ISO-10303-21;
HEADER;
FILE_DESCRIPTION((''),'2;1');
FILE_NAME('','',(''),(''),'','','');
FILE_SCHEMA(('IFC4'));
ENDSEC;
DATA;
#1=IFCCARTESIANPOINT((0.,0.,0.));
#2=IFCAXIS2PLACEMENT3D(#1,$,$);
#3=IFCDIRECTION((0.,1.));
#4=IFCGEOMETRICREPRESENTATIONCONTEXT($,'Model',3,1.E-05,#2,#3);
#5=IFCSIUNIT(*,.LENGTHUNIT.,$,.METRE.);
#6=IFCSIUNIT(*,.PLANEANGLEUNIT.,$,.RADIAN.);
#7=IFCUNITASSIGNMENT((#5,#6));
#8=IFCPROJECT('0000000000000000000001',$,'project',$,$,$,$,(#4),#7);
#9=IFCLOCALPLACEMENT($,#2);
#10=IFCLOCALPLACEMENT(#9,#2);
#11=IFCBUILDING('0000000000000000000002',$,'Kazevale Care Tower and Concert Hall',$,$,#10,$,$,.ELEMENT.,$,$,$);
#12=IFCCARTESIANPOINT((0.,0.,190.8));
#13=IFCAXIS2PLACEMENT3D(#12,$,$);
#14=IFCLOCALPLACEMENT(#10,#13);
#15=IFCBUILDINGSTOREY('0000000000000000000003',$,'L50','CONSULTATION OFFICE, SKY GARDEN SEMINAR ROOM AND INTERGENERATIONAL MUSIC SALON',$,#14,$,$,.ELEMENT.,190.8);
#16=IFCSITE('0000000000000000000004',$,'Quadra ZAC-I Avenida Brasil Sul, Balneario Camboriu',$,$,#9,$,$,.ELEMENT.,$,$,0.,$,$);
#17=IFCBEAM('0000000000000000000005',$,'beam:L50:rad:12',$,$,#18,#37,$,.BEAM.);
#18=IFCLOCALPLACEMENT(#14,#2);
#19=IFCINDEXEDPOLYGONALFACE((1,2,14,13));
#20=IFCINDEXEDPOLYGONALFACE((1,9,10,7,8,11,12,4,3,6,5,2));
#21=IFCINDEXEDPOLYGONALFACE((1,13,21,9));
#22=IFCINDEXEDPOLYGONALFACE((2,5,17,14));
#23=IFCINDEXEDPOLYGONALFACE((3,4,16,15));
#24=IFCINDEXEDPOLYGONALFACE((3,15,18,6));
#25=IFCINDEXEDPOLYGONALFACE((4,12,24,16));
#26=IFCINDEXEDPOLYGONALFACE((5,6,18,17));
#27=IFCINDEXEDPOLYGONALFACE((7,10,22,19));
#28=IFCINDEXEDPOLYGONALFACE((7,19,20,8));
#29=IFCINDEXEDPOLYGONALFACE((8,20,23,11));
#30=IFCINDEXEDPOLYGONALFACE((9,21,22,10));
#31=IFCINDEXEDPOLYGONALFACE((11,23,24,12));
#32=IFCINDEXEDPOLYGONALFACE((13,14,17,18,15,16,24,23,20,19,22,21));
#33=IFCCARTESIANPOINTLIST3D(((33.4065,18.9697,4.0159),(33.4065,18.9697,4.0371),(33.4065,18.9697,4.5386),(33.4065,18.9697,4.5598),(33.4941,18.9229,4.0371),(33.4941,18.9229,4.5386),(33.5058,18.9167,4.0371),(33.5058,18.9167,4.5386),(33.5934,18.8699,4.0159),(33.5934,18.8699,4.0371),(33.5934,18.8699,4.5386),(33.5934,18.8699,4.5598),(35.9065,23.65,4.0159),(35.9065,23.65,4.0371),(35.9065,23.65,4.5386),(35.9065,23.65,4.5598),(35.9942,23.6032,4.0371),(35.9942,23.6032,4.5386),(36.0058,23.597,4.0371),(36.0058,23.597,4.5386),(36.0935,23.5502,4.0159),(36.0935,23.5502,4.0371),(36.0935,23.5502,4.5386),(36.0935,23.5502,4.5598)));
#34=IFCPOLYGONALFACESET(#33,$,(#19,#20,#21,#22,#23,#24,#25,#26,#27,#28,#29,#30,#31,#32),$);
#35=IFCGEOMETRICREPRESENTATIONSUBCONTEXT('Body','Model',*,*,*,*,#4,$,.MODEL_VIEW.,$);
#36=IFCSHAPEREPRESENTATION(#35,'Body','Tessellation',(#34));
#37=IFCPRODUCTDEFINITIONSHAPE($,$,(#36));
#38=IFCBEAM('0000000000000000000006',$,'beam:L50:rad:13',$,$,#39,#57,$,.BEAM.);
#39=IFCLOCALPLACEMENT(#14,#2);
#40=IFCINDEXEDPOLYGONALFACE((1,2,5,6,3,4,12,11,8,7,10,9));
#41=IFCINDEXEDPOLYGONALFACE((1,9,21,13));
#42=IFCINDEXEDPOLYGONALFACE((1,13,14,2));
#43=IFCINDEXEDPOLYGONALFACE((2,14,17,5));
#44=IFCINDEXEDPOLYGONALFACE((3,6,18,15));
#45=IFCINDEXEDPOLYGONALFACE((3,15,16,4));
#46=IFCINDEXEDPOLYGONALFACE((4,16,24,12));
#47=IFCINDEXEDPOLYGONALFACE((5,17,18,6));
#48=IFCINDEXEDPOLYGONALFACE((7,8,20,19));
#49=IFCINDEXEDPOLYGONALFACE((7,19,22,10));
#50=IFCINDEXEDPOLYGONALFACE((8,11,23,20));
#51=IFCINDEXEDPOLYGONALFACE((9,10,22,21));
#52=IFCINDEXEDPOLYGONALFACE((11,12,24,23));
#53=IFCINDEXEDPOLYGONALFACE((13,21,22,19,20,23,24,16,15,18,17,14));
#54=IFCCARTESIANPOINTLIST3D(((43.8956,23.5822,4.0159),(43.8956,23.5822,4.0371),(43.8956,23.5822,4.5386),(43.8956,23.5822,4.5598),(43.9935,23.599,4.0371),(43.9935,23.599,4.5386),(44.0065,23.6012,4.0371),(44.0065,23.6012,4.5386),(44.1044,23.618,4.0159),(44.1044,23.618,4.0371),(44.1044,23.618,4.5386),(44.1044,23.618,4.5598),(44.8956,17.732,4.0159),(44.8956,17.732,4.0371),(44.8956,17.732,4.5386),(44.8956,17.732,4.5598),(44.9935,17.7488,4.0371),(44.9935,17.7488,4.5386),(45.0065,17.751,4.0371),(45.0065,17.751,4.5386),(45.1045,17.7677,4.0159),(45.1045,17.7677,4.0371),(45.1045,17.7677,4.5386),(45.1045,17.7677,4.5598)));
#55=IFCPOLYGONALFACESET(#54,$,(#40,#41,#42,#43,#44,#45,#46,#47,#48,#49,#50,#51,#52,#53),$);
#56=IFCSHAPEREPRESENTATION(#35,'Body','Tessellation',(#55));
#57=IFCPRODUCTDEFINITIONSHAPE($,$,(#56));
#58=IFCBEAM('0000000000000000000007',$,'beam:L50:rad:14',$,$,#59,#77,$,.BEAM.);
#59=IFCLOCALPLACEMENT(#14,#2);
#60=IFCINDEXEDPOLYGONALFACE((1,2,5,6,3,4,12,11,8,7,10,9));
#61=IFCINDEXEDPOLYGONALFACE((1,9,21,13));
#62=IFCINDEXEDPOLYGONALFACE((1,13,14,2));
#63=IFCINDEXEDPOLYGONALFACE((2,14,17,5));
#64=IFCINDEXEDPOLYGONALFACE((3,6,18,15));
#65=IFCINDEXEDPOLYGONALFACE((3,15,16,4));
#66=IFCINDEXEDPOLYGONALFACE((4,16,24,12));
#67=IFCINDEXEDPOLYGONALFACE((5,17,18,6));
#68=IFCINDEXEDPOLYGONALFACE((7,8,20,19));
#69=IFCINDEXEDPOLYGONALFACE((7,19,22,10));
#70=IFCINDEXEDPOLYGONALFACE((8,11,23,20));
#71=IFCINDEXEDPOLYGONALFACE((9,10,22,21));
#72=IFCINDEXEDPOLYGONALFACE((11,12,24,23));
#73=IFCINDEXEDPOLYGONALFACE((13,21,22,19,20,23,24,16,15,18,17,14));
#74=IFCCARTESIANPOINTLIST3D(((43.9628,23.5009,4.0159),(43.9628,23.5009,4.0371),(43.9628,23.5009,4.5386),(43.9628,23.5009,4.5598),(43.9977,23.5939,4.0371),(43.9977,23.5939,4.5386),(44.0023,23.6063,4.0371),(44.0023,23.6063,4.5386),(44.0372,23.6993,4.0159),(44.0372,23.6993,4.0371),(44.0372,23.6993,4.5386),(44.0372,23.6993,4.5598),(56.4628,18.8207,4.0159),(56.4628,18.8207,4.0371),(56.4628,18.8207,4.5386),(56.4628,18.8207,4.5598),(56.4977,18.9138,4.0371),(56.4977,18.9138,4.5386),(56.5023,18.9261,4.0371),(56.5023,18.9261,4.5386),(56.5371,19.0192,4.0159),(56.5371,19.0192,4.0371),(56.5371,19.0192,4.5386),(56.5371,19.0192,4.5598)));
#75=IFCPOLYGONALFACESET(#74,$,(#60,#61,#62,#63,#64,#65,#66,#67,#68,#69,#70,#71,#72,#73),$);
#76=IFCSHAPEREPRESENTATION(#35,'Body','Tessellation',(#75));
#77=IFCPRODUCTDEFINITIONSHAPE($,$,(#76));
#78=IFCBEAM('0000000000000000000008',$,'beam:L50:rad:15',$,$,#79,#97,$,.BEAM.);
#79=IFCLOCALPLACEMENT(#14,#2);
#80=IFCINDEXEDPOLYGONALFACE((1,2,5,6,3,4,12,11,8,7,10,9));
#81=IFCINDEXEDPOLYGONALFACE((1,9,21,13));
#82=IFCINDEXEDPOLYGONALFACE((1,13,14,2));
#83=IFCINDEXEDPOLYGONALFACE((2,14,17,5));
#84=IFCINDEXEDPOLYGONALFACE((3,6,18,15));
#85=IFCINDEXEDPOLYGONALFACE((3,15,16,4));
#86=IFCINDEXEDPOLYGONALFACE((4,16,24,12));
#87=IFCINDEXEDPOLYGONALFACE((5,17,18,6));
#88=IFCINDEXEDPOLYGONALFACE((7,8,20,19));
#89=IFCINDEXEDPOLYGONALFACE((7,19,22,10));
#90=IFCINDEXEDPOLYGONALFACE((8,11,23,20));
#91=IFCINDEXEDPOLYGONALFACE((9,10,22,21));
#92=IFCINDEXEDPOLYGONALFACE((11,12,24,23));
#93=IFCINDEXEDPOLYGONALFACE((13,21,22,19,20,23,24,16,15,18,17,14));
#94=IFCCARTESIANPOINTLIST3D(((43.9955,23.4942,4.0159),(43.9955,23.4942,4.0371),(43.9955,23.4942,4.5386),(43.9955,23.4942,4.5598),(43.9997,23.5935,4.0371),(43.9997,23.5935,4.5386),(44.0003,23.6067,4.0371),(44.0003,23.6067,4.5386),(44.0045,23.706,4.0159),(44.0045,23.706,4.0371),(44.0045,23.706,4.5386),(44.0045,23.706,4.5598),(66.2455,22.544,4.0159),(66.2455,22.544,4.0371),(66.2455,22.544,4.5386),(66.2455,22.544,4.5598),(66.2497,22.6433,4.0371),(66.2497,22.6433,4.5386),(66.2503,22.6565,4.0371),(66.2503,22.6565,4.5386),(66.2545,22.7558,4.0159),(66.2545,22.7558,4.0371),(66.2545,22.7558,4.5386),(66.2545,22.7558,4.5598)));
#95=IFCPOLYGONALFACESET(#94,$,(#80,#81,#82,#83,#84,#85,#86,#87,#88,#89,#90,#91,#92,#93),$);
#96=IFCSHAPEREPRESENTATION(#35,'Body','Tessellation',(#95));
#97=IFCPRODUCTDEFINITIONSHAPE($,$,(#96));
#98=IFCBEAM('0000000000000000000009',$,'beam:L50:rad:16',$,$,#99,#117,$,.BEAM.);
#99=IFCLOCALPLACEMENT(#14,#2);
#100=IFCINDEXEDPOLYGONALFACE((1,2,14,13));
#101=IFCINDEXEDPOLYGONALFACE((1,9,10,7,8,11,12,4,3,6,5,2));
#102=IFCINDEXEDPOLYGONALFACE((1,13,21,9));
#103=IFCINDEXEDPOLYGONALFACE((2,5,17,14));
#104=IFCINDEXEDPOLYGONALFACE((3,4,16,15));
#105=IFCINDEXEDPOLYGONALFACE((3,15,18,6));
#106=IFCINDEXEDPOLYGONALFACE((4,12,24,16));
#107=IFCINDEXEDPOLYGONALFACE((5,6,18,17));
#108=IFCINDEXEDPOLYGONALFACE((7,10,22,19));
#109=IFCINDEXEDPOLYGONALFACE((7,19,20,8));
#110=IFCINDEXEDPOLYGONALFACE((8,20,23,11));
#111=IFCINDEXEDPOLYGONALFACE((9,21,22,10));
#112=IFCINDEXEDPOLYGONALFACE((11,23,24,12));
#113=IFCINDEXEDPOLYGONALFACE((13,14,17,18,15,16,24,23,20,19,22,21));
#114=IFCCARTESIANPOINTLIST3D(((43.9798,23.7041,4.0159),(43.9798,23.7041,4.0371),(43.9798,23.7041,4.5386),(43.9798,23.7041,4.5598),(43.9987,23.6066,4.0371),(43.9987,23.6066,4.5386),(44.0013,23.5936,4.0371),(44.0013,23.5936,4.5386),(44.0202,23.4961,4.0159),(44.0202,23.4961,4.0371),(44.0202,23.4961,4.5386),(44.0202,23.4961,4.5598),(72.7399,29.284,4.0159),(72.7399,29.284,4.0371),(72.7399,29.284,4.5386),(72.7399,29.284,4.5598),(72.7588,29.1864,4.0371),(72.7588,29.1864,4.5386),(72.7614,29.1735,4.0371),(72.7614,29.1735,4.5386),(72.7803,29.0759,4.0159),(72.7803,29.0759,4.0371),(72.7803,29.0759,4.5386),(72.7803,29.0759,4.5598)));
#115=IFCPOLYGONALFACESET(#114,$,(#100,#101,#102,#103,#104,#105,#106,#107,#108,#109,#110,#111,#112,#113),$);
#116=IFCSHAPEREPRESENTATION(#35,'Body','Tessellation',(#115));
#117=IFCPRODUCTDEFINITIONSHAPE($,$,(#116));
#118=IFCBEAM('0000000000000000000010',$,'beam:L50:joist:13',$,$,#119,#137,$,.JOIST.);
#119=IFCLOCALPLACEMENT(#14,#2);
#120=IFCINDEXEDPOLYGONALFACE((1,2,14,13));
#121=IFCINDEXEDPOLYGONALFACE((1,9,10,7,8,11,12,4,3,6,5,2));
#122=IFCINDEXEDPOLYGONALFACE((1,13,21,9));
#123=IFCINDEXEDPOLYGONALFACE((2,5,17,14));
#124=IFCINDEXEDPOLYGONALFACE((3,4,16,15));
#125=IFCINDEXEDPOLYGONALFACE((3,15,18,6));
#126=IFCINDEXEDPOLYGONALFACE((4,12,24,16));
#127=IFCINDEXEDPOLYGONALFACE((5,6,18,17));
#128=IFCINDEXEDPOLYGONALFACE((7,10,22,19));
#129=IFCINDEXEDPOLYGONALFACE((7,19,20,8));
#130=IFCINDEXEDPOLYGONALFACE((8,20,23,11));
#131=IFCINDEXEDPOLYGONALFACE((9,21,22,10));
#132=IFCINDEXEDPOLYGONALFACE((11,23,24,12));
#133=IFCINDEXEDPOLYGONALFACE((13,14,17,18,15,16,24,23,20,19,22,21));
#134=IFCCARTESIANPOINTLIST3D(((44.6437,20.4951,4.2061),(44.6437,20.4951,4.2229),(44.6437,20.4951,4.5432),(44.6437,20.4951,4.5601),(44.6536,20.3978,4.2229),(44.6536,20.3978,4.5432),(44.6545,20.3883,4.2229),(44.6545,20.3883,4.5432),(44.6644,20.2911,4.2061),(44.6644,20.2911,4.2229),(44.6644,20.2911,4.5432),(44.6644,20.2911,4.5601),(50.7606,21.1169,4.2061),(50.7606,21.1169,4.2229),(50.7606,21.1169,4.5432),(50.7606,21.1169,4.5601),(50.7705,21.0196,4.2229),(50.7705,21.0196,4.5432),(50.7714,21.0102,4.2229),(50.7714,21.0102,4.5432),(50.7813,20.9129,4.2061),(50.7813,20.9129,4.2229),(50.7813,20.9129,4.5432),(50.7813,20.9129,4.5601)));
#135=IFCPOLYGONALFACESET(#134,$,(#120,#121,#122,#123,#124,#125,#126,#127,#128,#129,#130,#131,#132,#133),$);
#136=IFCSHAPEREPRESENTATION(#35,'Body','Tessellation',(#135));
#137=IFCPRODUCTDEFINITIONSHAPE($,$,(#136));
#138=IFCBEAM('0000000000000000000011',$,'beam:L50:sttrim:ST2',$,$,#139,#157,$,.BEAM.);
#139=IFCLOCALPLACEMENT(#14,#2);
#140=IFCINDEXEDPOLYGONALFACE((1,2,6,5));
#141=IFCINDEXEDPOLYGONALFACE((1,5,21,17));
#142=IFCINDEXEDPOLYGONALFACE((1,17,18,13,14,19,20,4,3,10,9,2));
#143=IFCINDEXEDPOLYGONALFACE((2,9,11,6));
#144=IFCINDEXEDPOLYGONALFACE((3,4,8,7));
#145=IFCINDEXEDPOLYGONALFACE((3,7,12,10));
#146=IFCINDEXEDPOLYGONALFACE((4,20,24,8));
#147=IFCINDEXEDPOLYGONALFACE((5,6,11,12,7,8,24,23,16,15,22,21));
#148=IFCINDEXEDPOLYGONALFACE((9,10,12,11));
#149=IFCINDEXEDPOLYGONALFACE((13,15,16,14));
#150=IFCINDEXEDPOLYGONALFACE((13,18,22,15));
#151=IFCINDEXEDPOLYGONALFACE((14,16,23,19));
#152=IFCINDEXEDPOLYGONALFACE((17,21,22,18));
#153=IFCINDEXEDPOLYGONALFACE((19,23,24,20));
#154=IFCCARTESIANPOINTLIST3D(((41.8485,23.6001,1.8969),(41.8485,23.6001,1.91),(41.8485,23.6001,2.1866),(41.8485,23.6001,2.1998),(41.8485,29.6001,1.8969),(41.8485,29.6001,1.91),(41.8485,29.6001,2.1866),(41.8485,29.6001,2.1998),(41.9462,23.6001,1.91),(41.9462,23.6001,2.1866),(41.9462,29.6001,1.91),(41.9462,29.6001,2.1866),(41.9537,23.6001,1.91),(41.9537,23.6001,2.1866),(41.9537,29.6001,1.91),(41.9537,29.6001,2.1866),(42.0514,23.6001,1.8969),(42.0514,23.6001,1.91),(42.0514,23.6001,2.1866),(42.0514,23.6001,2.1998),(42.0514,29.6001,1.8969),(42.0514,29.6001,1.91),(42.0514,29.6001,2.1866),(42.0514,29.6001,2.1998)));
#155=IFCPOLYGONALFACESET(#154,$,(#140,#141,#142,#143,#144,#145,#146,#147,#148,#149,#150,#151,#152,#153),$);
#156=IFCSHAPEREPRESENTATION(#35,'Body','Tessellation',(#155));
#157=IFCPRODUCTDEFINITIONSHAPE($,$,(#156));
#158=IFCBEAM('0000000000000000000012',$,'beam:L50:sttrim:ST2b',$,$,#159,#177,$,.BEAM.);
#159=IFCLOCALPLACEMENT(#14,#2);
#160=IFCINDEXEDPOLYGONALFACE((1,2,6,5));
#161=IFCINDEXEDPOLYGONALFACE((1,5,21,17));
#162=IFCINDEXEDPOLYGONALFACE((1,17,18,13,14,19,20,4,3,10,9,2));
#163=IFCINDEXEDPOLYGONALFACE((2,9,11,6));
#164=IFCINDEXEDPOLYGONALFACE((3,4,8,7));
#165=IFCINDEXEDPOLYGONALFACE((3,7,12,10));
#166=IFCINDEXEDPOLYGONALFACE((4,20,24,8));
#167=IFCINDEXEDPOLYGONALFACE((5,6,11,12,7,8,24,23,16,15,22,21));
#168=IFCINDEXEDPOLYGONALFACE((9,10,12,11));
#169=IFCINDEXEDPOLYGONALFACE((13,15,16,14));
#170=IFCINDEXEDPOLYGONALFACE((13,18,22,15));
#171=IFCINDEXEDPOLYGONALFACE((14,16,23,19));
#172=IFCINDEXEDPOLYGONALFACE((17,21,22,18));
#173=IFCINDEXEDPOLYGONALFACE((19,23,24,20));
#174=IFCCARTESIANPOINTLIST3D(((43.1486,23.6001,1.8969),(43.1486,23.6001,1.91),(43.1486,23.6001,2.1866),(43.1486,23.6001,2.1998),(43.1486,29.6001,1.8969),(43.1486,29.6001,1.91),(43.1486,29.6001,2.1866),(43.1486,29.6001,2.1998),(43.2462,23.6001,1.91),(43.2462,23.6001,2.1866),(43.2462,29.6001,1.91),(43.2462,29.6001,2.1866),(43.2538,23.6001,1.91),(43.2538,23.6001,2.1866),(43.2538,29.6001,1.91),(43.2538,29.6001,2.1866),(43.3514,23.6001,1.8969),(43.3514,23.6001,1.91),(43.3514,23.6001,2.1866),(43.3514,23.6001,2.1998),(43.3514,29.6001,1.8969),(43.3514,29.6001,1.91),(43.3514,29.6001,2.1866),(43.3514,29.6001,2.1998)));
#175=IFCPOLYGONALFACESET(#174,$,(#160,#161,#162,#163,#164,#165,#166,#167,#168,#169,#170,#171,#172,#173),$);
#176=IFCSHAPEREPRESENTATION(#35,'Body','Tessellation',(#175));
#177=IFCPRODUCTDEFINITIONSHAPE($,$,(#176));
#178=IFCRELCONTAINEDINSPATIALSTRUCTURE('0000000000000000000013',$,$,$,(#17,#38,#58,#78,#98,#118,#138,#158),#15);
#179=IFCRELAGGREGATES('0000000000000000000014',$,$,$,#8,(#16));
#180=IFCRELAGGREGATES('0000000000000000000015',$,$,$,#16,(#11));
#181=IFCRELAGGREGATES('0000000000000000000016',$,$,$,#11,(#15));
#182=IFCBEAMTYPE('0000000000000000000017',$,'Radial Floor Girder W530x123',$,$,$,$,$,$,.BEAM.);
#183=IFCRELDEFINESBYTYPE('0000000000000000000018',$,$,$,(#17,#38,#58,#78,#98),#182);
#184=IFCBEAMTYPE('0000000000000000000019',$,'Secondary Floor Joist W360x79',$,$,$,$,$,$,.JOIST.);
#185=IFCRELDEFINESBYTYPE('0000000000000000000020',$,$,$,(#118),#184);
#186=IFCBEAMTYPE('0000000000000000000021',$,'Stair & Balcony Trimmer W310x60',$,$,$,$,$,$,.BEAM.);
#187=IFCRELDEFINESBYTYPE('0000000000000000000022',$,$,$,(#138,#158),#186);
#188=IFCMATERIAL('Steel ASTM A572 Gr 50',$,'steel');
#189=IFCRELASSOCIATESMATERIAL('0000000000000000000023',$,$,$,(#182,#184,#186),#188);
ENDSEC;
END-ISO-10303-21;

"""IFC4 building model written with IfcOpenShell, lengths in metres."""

from ifc_helpers import new_model, si_unit, direction, frame, origin, origin_2d, place, context, subcontext, project, spatial, i_section, extrude, material, material_profile, profile_set, type_object, element, save


model = new_model("IFC4")

# Units and contexts
model_context = context("Model", 3, precision=1e-05, world=origin(), true_north=direction((0.0, 1.0)))
body_context = subcontext(model_context, "Body", "Model", "MODEL_VIEW")
ifc_project = project(units=[si_unit("LENGTHUNIT", "METRE"), si_unit("PLANEANGLEUNIT", "RADIAN")], contexts=[model_context])

# Site, building, storey
site_placement = place(None, origin())
site = spatial("IfcSite", under=ifc_project, at=site_placement, Name="Quadra ZAC-I Avenida Brasil Sul, Balneario Camboriu", CompositionType="ELEMENT", RefElevation=0.0)
building_placement = place(site_placement, origin())
building = spatial("IfcBuilding", under=site, at=building_placement, Name="Kazevale Care Tower and Concert Hall", CompositionType="ELEMENT")
storey_placement = place(building_placement, frame((0.0, 0.0, 190.8)))
storey = spatial("IfcBuildingStorey", under=building, at=storey_placement, Name="L50", Description="CONSULTATION OFFICE, SKY GARDEN SEMINAR ROOM AND INTERGENERATIONAL MUSIC SALON", CompositionType="ELEMENT", Elevation=190.8)

# Beams
ifc_material_1 = material(Name="Steel ASTM A572 Gr 50", Category="steel")
ifc_material_profile_1 = material_profile(ifc_material_1, i_section(OverallWidth=0.2119, OverallDepth=0.5439, WebThickness=0.0132, FlangeThickness=0.0212, at=origin_2d()), Name="W530x123")
ifc_profile_set_1 = profile_set([ifc_material_profile_1], Name="Steel ASTM A572 Gr 50")
beam_type_1 = type_object("IfcBeamType", Name="Radial Floor Girder W530x123", PredefinedType="BEAM", material=ifc_profile_set_1)
beam_1_placement = place(storey_placement, frame((36.0, 23.6001, 4.2878), z_axis=(-0.471161, -0.882047, 0.0), x_axis=(0.882047, -0.471161, 0.0)))
element("IfcBeam", 1, at=beam_1_placement, inside=storey, type_object=beam_type_1, Name="beam:L50:rad:12", PredefinedType="BEAM", context=body_context, shape_type="SweptSolid", body=[
    extrude(i_section(OverallWidth=0.2119, OverallDepth=0.5439, WebThickness=0.0132, FlangeThickness=0.0212, at=origin_2d()), origin(), (0.0, 0.0, 1.0), 5.3062),
])
beam_2_placement = place(storey_placement, frame((44.0, 23.6001, 4.2878), z_axis=(0.168493, -0.985703, 0.0), x_axis=(0.985703, 0.168493, 0.0)))
element("IfcBeam", 2, at=beam_2_placement, inside=storey, type_object=beam_type_1, Name="beam:L50:rad:13", PredefinedType="BEAM", context=body_context, shape_type="SweptSolid", body=[
    extrude(i_section(OverallWidth=0.2119, OverallDepth=0.5439, WebThickness=0.0132, FlangeThickness=0.0212, at=origin_2d()), origin(), (0.0, 0.0, 1.0), 5.9351),
])
beam_3_placement = place(storey_placement, frame((44.0, 23.6001, 4.2878), z_axis=(0.936509, -0.350642, 0.0), x_axis=(0.350642, 0.936509, 0.0)))
element("IfcBeam", 3, at=beam_3_placement, inside=storey, type_object=beam_type_1, Name="beam:L50:rad:14", PredefinedType="BEAM", context=body_context, shape_type="SweptSolid", body=[
    extrude(i_section(OverallWidth=0.2119, OverallDepth=0.5439, WebThickness=0.0132, FlangeThickness=0.0212, at=origin_2d()), origin(), (0.0, 0.0, 1.0), 13.3474),
])
beam_4_placement = place(storey_placement, frame((44.0, 23.6001, 4.2878), z_axis=(0.999089, -0.042667, 0.0), x_axis=(0.042667, 0.999089, 0.0)))
element("IfcBeam", 4, at=beam_4_placement, inside=storey, type_object=beam_type_1, Name="beam:L50:rad:15", PredefinedType="BEAM", context=body_context, shape_type="SweptSolid", body=[
    extrude(i_section(OverallWidth=0.2119, OverallDepth=0.5439, WebThickness=0.0132, FlangeThickness=0.0212, at=origin_2d()), origin(), (0.0, 0.0, 1.0), 22.2703),
])
beam_5_placement = place(storey_placement, frame((44.0, 23.6001, 4.2878), z_axis=(0.981695, 0.190462, 0.0), x_axis=(-0.190462, 0.981695, 0.0)))
element("IfcBeam", 5, at=beam_5_placement, inside=storey, type_object=beam_type_1, Name="beam:L50:rad:16", PredefinedType="BEAM", context=body_context, shape_type="SweptSolid", body=[
    extrude(i_section(OverallWidth=0.2119, OverallDepth=0.5439, WebThickness=0.0132, FlangeThickness=0.0212, at=origin_2d()), origin(), (0.0, 0.0, 1.0), 29.2964),
])
ifc_material_profile_2 = material_profile(ifc_material_1, i_section(OverallWidth=0.2051, OverallDepth=0.354, WebThickness=0.0095, FlangeThickness=0.0168, at=origin_2d()), Name="W360x79")
ifc_profile_set_2 = profile_set([ifc_material_profile_2], Name="Steel ASTM A572 Gr 50")
beam_type_2 = type_object("IfcBeamType", Name="Secondary Floor Joist W360x79", PredefinedType="JOIST", material=ifc_profile_set_2)
beam_6_placement = place(storey_placement, frame((44.6541, 20.3931, 4.3831), z_axis=(0.994873, 0.101135, 0.0), x_axis=(-0.101135, 0.994873, 0.0)))
element("IfcBeam", 6, at=beam_6_placement, inside=storey, type_object=beam_type_2, Name="beam:L50:joist:13", PredefinedType="JOIST", context=body_context, shape_type="SweptSolid", body=[
    extrude(i_section(OverallWidth=0.2051, OverallDepth=0.354, WebThickness=0.0095, FlangeThickness=0.0168, at=origin_2d()), origin(), (0.0, 0.0, 1.0), 6.1484),
])
ifc_material_profile_3 = material_profile(ifc_material_1, i_section(OverallWidth=0.2029, OverallDepth=0.303, WebThickness=0.0076, FlangeThickness=0.0132, at=origin_2d()), Name="W310x60")
ifc_profile_set_3 = profile_set([ifc_material_profile_3], Name="Steel ASTM A572 Gr 50")
beam_type_3 = type_object("IfcBeamType", Name="Stair & Balcony Trimmer W310x60", PredefinedType="BEAM", material=ifc_profile_set_3)
for number, where, z_axis, x_axis, name in (
    (7, (41.95, 23.6001, 2.0483), (0.0, 1.0, 0.0), (-1.0, 0.0, 0.0), "beam:L50:sttrim:ST2"),
    (8, (43.25, 23.6001, 2.0483), (0.0, 1.0, 0.0), (-1.0, 0.0, 0.0), "beam:L50:sttrim:ST2b"),
):
    element("IfcBeam", number, at=place(storey_placement, frame(where, z_axis=z_axis, x_axis=x_axis)), inside=storey, type_object=beam_type_3, Name=name, PredefinedType="BEAM", context=body_context, shape_type="SweptSolid", body=[
        extrude(i_section(OverallWidth=0.2029, OverallDepth=0.303, WebThickness=0.0076, FlangeThickness=0.0132, at=origin_2d()), origin(), (0.0, 0.0, 1.0), 6.0),
    ])

save(model, "model.ifc")
